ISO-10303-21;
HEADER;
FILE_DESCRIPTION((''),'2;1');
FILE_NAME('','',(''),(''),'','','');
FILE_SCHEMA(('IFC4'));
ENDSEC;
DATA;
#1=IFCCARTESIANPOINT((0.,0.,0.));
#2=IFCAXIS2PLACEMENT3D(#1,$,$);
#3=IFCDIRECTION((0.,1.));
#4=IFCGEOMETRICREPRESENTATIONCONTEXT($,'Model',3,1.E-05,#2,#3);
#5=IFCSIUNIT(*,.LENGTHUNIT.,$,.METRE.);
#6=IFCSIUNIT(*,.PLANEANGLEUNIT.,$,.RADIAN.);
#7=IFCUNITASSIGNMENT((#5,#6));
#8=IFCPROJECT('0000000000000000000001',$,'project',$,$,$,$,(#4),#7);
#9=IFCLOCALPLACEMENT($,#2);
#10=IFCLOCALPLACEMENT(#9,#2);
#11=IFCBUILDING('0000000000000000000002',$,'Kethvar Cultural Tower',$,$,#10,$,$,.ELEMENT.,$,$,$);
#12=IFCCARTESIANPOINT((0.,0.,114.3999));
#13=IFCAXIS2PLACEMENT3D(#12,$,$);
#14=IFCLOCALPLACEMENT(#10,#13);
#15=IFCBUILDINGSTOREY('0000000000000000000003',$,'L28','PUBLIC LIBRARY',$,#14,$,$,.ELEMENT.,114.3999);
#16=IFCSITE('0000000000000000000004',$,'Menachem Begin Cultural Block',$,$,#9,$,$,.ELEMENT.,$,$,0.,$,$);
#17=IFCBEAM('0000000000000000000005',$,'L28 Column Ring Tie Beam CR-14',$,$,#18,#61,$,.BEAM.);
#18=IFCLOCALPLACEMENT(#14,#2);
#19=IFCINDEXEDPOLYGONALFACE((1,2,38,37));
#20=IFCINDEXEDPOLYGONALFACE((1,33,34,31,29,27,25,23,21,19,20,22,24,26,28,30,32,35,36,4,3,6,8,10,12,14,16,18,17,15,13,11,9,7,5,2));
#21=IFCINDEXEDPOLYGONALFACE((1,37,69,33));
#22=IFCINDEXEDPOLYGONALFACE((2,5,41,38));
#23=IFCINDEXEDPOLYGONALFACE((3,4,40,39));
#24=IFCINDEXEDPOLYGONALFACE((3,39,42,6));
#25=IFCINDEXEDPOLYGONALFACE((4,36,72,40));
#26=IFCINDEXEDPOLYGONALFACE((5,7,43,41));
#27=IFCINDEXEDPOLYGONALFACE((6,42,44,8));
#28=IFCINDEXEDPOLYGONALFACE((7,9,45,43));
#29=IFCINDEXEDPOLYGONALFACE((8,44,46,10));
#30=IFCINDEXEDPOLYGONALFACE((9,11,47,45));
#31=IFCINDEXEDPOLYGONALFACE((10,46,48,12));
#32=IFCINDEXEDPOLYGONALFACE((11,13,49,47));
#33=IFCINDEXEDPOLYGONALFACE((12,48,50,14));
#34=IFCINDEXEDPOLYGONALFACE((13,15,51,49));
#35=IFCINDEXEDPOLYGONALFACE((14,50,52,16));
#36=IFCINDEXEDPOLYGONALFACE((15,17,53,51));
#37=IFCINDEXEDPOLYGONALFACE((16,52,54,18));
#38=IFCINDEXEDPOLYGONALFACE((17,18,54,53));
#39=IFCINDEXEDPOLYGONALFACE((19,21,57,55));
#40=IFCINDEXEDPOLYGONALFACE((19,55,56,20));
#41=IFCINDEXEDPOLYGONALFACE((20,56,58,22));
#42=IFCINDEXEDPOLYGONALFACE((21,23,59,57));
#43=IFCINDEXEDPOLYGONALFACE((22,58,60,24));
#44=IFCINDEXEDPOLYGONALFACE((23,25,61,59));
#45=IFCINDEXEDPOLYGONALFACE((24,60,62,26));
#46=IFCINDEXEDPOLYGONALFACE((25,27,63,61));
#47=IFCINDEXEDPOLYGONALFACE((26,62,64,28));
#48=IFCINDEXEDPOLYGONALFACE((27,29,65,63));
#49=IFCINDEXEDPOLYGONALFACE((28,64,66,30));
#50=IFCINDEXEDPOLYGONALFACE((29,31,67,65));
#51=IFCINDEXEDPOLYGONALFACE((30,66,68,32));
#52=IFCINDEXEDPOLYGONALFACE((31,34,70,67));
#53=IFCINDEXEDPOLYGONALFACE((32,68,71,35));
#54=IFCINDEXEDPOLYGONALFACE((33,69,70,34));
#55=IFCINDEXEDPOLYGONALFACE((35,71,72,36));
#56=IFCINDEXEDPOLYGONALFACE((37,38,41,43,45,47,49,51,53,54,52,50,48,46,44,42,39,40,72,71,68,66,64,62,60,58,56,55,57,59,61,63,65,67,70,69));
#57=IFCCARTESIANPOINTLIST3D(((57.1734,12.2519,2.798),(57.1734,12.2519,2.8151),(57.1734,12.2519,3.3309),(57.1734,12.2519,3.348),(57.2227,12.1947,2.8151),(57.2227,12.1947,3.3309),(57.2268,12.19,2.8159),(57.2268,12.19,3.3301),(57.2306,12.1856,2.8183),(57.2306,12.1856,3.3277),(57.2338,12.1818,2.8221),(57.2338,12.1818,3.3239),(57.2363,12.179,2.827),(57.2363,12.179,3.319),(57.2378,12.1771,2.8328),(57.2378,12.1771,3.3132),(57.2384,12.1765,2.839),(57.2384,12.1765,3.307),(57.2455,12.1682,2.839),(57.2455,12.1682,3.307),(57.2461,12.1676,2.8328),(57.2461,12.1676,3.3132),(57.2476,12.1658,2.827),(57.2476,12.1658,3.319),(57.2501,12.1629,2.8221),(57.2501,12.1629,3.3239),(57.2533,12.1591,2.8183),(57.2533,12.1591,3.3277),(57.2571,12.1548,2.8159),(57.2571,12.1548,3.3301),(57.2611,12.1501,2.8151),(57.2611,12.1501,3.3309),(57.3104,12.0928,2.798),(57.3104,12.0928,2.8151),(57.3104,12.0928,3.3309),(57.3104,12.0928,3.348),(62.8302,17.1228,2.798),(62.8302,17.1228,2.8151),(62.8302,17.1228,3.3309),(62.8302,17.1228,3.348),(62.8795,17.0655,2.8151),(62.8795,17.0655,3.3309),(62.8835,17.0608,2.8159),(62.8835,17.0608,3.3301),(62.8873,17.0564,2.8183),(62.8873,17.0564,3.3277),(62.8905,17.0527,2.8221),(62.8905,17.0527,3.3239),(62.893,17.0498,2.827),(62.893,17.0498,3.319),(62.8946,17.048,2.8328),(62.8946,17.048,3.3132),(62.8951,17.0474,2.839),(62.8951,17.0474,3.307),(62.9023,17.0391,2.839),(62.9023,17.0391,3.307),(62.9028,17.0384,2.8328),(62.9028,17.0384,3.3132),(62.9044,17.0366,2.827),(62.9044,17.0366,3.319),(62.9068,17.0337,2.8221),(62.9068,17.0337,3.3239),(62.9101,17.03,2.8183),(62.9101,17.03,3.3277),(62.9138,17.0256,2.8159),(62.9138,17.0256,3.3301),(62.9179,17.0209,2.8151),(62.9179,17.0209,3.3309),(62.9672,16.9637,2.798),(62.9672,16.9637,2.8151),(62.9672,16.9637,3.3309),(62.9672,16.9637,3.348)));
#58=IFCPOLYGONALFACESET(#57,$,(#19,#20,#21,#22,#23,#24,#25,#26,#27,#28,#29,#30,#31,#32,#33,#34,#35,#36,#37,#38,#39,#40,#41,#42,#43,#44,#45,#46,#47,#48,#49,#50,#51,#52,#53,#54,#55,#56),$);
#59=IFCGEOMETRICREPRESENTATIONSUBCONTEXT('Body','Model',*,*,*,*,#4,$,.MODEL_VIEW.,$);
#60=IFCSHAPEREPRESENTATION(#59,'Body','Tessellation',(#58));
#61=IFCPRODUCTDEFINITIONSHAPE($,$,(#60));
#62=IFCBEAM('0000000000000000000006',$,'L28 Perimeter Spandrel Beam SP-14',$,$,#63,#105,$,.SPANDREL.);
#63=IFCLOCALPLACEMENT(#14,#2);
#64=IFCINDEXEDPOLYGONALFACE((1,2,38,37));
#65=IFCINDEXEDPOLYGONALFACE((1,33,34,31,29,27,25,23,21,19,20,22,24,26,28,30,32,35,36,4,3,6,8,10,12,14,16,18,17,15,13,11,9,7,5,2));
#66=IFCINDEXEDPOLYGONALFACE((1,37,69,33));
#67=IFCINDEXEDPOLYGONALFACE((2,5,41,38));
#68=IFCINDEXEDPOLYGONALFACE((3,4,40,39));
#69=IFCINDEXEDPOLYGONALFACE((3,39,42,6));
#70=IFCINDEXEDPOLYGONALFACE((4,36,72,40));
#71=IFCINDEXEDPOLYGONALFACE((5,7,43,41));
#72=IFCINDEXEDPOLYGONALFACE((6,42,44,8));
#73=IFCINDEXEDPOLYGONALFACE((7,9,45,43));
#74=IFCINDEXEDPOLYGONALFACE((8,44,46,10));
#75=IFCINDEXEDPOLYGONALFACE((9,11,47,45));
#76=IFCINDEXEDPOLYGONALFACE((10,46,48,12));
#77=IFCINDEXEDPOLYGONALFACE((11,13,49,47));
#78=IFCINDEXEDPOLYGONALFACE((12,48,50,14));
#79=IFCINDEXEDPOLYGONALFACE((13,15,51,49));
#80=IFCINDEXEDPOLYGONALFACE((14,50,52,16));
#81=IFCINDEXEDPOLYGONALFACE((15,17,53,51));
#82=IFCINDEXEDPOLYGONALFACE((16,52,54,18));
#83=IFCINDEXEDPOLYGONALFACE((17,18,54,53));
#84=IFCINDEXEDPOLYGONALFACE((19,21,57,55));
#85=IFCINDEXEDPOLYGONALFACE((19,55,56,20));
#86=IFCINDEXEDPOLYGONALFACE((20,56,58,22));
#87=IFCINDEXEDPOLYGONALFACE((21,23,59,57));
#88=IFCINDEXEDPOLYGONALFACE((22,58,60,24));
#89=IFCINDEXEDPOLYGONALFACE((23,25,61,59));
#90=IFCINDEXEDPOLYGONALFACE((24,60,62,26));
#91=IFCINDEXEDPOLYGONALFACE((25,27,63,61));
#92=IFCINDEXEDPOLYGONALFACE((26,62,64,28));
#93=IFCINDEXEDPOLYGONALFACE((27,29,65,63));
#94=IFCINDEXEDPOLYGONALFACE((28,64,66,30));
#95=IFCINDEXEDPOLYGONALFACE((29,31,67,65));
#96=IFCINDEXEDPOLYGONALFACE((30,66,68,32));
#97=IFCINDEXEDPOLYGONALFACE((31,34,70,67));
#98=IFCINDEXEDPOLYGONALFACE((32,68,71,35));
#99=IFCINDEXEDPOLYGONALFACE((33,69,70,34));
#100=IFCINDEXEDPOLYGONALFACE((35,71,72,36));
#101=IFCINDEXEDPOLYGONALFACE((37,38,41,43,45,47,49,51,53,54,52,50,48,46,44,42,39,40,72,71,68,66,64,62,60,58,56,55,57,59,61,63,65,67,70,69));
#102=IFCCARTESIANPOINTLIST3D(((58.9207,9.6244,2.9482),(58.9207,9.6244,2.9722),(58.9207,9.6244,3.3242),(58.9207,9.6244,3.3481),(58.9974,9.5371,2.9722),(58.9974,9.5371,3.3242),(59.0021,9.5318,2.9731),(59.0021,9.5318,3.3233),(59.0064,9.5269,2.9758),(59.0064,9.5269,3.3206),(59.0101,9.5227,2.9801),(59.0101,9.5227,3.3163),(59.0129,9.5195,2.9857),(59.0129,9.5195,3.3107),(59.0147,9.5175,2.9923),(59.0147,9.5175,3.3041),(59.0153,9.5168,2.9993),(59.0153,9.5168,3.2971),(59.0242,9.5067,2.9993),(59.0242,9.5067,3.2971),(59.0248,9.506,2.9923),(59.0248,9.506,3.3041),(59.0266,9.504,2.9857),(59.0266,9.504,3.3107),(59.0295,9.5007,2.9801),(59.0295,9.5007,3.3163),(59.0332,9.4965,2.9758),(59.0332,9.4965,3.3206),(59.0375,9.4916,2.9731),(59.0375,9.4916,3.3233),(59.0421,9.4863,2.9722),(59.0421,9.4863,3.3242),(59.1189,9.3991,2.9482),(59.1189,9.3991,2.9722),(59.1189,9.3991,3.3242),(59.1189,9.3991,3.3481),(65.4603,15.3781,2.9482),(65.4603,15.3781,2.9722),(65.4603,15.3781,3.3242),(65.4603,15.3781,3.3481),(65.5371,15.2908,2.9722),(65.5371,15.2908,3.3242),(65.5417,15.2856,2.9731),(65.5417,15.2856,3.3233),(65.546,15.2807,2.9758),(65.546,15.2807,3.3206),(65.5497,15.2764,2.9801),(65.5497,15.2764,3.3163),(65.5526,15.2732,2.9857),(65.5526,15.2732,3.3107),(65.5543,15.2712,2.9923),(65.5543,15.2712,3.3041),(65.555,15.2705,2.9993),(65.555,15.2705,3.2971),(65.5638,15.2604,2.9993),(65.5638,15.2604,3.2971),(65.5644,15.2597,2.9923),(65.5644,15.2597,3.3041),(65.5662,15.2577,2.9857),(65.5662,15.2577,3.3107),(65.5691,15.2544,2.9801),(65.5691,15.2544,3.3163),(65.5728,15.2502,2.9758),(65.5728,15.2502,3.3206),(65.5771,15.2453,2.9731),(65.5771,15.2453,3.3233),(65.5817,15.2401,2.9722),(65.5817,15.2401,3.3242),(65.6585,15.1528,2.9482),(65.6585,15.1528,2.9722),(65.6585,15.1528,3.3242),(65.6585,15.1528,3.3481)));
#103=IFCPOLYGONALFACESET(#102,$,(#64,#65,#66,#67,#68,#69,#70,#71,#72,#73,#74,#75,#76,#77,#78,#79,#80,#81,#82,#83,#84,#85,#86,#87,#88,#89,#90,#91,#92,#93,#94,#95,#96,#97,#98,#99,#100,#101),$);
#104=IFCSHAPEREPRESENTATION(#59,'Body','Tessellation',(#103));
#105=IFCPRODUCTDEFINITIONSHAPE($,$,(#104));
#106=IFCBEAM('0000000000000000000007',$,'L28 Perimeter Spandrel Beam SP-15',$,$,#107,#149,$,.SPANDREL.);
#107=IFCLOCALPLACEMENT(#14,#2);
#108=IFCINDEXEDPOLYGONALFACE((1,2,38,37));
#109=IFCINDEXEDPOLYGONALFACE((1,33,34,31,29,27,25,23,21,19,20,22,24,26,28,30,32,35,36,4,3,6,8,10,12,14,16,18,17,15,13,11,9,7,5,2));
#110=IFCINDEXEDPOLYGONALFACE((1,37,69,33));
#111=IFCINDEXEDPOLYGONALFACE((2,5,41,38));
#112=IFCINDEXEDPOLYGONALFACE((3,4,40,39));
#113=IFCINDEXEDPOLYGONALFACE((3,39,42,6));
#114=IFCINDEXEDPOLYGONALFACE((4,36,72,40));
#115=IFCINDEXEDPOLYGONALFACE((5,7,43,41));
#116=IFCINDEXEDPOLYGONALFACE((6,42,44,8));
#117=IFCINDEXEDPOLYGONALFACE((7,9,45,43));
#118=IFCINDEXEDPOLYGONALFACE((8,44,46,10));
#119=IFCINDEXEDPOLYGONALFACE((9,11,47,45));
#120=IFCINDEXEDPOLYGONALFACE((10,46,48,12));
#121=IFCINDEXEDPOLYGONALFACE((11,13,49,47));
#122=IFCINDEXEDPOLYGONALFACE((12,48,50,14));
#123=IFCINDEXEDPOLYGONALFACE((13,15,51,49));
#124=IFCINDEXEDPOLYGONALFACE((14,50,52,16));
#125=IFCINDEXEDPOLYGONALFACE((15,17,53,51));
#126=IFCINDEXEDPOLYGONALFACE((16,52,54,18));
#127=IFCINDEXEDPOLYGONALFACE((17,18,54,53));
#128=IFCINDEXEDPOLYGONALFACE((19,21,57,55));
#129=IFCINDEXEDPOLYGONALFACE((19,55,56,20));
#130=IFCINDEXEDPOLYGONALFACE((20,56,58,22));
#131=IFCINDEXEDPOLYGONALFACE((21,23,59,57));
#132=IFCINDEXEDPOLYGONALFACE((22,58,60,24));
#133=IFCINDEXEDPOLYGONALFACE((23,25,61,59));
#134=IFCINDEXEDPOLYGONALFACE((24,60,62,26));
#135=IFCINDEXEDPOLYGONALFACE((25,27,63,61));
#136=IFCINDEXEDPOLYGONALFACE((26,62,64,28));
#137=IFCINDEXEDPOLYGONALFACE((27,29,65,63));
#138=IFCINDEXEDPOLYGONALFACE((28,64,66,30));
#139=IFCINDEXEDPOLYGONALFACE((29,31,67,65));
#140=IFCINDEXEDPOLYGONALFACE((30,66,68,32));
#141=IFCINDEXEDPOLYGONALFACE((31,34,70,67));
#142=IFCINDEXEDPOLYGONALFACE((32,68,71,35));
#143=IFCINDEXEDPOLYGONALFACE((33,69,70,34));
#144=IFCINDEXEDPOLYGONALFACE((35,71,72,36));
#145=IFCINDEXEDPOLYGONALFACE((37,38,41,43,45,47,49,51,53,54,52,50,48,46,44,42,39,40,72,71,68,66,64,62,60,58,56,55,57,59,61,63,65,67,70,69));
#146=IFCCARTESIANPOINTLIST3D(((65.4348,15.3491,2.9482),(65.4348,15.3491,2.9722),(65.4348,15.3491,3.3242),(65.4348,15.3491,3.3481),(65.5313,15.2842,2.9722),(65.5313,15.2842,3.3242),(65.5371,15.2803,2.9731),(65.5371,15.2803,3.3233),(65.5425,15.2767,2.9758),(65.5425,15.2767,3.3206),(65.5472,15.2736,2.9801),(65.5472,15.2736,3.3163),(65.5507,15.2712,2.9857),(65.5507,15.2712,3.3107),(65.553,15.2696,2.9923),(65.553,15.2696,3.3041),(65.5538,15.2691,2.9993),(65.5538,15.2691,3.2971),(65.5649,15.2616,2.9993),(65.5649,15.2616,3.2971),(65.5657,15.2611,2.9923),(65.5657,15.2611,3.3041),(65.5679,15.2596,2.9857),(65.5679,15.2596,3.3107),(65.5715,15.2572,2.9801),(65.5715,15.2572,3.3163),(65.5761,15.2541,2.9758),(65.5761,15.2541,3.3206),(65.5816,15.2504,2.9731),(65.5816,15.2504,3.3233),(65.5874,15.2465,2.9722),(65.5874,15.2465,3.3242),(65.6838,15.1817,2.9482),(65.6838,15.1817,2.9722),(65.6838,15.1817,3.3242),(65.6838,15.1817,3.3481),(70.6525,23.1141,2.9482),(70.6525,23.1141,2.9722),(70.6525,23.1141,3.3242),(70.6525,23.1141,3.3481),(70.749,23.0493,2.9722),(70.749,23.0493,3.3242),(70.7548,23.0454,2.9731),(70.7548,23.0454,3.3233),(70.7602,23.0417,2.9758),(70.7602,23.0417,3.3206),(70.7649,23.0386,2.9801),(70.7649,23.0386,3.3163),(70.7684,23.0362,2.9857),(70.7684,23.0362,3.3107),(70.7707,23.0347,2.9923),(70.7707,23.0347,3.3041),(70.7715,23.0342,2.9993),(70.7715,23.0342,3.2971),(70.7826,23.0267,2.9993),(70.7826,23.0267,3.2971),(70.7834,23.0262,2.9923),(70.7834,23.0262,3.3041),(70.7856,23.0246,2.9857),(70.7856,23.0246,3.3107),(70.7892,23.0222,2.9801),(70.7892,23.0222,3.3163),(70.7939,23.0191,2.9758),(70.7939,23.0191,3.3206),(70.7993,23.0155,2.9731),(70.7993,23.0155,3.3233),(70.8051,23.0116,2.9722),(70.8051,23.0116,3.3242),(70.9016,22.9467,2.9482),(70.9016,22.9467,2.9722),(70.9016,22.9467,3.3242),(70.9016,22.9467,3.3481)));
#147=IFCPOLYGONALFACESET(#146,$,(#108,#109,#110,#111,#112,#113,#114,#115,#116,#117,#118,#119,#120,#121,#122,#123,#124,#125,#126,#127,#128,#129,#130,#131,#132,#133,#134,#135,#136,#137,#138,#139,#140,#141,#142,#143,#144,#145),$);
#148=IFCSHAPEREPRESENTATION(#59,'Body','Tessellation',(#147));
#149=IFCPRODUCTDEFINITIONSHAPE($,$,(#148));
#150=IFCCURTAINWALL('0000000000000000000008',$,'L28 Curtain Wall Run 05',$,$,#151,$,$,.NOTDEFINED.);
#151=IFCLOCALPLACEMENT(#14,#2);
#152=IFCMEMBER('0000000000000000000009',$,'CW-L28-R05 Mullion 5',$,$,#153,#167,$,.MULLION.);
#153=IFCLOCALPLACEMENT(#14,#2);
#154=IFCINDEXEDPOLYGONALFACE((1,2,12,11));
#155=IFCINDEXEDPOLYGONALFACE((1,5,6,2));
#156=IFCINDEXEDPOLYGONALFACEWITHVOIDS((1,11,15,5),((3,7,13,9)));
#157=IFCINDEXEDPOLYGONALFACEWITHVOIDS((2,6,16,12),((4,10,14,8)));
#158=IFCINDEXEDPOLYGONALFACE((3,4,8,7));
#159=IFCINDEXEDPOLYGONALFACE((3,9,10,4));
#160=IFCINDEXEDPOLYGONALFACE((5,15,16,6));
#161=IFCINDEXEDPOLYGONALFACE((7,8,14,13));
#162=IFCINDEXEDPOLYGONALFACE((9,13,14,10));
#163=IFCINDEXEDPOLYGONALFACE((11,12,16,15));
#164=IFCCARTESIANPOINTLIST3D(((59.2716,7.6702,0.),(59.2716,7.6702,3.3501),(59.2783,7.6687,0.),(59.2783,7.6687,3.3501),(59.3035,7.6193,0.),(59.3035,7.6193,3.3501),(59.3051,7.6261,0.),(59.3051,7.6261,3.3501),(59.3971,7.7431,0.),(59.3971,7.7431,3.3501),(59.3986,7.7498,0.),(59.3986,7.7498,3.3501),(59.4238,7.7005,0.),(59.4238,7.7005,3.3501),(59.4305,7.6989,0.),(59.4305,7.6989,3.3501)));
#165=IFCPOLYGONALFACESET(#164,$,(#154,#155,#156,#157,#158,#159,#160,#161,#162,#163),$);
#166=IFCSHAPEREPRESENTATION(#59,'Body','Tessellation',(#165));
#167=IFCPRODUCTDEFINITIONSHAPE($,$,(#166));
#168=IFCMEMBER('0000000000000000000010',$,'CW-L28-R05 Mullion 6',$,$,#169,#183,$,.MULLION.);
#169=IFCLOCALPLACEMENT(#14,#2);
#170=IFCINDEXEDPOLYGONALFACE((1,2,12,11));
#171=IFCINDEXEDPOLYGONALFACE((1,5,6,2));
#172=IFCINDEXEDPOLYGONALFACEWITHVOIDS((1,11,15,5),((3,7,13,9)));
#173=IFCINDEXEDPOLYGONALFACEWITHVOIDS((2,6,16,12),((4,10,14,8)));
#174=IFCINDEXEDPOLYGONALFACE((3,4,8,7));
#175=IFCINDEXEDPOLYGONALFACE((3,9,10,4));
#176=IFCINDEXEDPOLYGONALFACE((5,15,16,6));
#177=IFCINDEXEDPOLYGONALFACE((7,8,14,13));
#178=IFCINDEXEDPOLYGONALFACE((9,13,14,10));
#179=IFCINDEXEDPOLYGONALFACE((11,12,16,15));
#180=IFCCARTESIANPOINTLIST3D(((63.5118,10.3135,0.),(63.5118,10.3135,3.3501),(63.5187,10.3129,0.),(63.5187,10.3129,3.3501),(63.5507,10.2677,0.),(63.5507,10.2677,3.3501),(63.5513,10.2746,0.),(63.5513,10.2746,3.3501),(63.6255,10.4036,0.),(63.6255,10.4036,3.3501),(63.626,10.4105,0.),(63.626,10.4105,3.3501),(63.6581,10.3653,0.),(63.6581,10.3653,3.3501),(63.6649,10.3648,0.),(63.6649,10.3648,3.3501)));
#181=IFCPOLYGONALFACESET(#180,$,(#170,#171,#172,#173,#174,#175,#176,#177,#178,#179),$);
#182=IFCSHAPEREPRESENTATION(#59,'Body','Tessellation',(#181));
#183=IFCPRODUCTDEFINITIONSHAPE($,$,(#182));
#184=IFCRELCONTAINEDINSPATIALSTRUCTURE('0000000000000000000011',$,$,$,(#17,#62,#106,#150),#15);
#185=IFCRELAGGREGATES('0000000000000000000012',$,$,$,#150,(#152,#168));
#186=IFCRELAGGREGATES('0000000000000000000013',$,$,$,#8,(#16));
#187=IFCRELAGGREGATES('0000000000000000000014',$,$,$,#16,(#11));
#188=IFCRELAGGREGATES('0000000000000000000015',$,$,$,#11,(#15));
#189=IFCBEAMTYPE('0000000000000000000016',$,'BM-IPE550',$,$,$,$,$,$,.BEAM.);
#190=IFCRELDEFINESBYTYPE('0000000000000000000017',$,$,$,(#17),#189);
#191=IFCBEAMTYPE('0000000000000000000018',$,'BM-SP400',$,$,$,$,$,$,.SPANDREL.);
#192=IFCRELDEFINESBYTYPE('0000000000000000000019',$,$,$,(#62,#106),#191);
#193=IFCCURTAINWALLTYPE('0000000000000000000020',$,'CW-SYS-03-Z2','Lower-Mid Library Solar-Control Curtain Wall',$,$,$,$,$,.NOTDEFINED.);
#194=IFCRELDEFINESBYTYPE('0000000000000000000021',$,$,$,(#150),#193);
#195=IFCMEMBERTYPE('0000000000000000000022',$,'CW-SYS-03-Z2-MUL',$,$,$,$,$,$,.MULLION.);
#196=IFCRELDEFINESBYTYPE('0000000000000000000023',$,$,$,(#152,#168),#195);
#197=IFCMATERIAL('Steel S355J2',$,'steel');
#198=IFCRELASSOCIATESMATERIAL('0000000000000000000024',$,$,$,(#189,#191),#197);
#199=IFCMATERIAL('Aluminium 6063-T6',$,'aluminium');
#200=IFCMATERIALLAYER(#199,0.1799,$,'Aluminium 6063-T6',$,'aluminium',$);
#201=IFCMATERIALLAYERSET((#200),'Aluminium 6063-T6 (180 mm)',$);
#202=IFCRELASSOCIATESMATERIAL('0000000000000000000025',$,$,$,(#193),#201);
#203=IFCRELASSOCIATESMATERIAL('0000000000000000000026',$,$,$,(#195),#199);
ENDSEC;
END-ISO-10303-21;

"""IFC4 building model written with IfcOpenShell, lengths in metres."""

from ifc_helpers import new_model, si_unit, direction, frame, origin, origin_2d, place, context, subcontext, project, spatial, hollow_rectangle, i_section, extrude, source, transform, mapped, material, layer, layer_set, material_profile, profile_set, type_object, element, aggregate, save


model = new_model("IFC4")

# Units and contexts
model_context = context("Model", 3, precision=1e-05, world=origin(), true_north=direction((0.0, 1.0)))
body_context = subcontext(model_context, "Body", "Model", "MODEL_VIEW")
ifc_project = project(units=[si_unit("LENGTHUNIT", "METRE"), si_unit("PLANEANGLEUNIT", "RADIAN")], contexts=[model_context])

# Site, building, storey
site_placement = place(None, origin())
site = spatial("IfcSite", under=ifc_project, at=site_placement, Name="Menachem Begin Cultural Block", CompositionType="ELEMENT", RefElevation=0.0)
building_placement = place(site_placement, origin())
building = spatial("IfcBuilding", under=site, at=building_placement, Name="Kethvar Cultural Tower", CompositionType="ELEMENT")
storey_placement = place(building_placement, frame((0.0, 0.0, 114.3999)))
storey = spatial("IfcBuildingStorey", under=building, at=storey_placement, Name="L28", Description="PUBLIC LIBRARY", CompositionType="ELEMENT", Elevation=114.3999)

# Beams
ifc_material_1 = material(Name="Steel S355J2", Category="steel")
ifc_material_profile_1 = material_profile(ifc_material_1, i_section(OverallWidth=0.21, OverallDepth=0.55, WebThickness=0.011, FlangeThickness=0.0171, FilletRadius=0.0239, at=origin_2d()), Name="Steel S355J2 — IPE550")
ifc_profile_set_1 = profile_set([ifc_material_profile_1], Name="Steel S355J2 — IPE550")
beam_type_1 = type_object("IfcBeamType", Name="BM-IPE550", PredefinedType="BEAM", material=ifc_profile_set_1)
shared_shape_1 = source(origin(), body_context, "Body", "SweptSolid", [
    extrude(i_section(OverallWidth=0.21, OverallDepth=0.55, WebThickness=0.011, FlangeThickness=0.0171, FilletRadius=0.0239, at=origin_2d()), origin(), (0.0, 0.0, 1.0), 7.4648),
])
beam_1_placement = place(storey_placement, frame((57.2419, 12.1724, 3.073), z_axis=(0.757784, 0.652505, 0.0), x_axis=(-0.652505, 0.757784, 0.0)))
element("IfcBeam", 1, at=beam_1_placement, inside=storey, type_object=beam_type_1, Name="L28 Column Ring Tie Beam CR-14", PredefinedType="BEAM", context=body_context, shape_type="MappedRepresentation", body=[
    mapped(shared_shape_1, transform((0.0, 0.0, 0.0), scale=1.0)),
])
ifc_material_profile_2 = material_profile(ifc_material_1, i_section(OverallWidth=0.3, OverallDepth=0.3999, WebThickness=0.0134, FlangeThickness=0.0239, FilletRadius=0.0271, at=origin_2d()), Name="Steel S355J2 — HEB400")
ifc_profile_set_2 = profile_set([ifc_material_profile_2], Name="Steel S355J2 — HEB400")
beam_type_2 = type_object("IfcBeamType", Name="BM-SP400", PredefinedType="SPANDREL", material=ifc_profile_set_2)
shared_shape_2 = source(origin(), body_context, "Body", "SweptSolid", [
    extrude(i_section(OverallWidth=0.3, OverallDepth=0.3999, WebThickness=0.0134, FlangeThickness=0.0239, FilletRadius=0.0271, at=origin_2d()), origin(), (0.0, 0.0, 1.0), 8.7104),
])
beam_2_placement = place(storey_placement, frame((59.0198, 9.5117, 3.1482), z_axis=(0.750779, 0.660554, 0.0), x_axis=(-0.660554, 0.750779, 0.0)))
element("IfcBeam", 2, at=beam_2_placement, inside=storey, type_object=beam_type_2, Name="L28 Perimeter Spandrel Beam SP-14", PredefinedType="SPANDREL", context=body_context, shape_type="MappedRepresentation", body=[
    mapped(shared_shape_2, transform((0.0, 0.0, 0.0), scale=1.0)),
])
shared_shape_3 = source(origin(), body_context, "Body", "SweptSolid", [
    extrude(i_section(OverallWidth=0.3, OverallDepth=0.3999, WebThickness=0.0134, FlangeThickness=0.0239, FilletRadius=0.0271, at=origin_2d()), origin(), (0.0, 0.0, 1.0), 9.3552),
])
beam_3_placement = place(storey_placement, frame((65.5593, 15.2654, 3.1482), z_axis=(0.557732, 0.830021, 0.0), x_axis=(-0.830021, 0.557732, 0.0)))
element("IfcBeam", 3, at=beam_3_placement, inside=storey, type_object=beam_type_2, Name="L28 Perimeter Spandrel Beam SP-15", PredefinedType="SPANDREL", context=body_context, shape_type="MappedRepresentation", body=[
    mapped(shared_shape_3, transform((0.0, 0.0, 0.0), scale=1.0)),
])

# Curtain wall, members
ifc_material_2 = material(Name="Aluminium 6063-T6", Category="aluminium")
ifc_layer_1 = layer(ifc_material_2, 0.1799, Name="Aluminium 6063-T6", Category="aluminium")
ifc_layer_set_1 = layer_set([ifc_layer_1], Name="Aluminium 6063-T6 (180 mm)")
curtain_wall_type = type_object("IfcCurtainWallType", Name="CW-SYS-03-Z2", Description="Lower-Mid Library Solar-Control Curtain Wall", PredefinedType="NOTDEFINED", material=ifc_layer_set_1)
curtain_wall_1_placement = place(storey_placement, origin())
curtain_wall_1 = element("IfcCurtainWall", 4, at=curtain_wall_1_placement, inside=storey, type_object=curtain_wall_type, Name="L28 Curtain Wall Run 05", PredefinedType="NOTDEFINED")
ifc_material_profile_3 = material_profile(ifc_material_2, hollow_rectangle(XDim=0.0601, YDim=0.1499, WallThickness=0.0049, at=origin_2d()), Name="Aluminium 6063-T6 — RHS150x60x5")
ifc_profile_set_3 = profile_set([ifc_material_profile_3], Name="Aluminium 6063-T6 — RHS150x60x5")
member_type_1 = type_object("IfcMemberType", Name="CW-SYS-03-Z2-MUL", PredefinedType="MULLION", material=ifc_profile_set_3)
shared_shape_4 = source(origin(), body_context, "Body", "SweptSolid", [
    extrude(hollow_rectangle(XDim=0.0601, YDim=0.1499, WallThickness=0.0049, at=origin_2d()), origin(), (0.0, 0.0, 1.0), 3.3501),
])
member_1_placement = place(storey_placement, frame((59.3511, 7.6846, 0.0), z_axis=(0.0, 0.0, 1.0), x_axis=(-0.531103, 0.847307, 0.0)))
member_1 = element("IfcMember", 5, at=member_1_placement, type_object=member_type_1, Name="CW-L28-R05 Mullion 5", PredefinedType="MULLION", context=body_context, shape_type="MappedRepresentation", body=[
    mapped(shared_shape_4, transform((0.0, 0.0, 0.0), scale=1.0)),
])
member_2_placement = place(storey_placement, frame((63.5884, 10.3391, 0.0), z_axis=(0.0, 0.0, 1.0), x_axis=(-0.647615, 0.761968, 0.0)))
member_2 = element("IfcMember", 6, at=member_2_placement, type_object=member_type_1, Name="CW-L28-R05 Mullion 6", PredefinedType="MULLION", context=body_context, shape_type="MappedRepresentation", body=[
    mapped(shared_shape_4, transform((0.0, 0.0, 0.0), scale=1.0)),
])

aggregate(curtain_wall_1, [member_1, member_2])

save(model, "model.ifc")
